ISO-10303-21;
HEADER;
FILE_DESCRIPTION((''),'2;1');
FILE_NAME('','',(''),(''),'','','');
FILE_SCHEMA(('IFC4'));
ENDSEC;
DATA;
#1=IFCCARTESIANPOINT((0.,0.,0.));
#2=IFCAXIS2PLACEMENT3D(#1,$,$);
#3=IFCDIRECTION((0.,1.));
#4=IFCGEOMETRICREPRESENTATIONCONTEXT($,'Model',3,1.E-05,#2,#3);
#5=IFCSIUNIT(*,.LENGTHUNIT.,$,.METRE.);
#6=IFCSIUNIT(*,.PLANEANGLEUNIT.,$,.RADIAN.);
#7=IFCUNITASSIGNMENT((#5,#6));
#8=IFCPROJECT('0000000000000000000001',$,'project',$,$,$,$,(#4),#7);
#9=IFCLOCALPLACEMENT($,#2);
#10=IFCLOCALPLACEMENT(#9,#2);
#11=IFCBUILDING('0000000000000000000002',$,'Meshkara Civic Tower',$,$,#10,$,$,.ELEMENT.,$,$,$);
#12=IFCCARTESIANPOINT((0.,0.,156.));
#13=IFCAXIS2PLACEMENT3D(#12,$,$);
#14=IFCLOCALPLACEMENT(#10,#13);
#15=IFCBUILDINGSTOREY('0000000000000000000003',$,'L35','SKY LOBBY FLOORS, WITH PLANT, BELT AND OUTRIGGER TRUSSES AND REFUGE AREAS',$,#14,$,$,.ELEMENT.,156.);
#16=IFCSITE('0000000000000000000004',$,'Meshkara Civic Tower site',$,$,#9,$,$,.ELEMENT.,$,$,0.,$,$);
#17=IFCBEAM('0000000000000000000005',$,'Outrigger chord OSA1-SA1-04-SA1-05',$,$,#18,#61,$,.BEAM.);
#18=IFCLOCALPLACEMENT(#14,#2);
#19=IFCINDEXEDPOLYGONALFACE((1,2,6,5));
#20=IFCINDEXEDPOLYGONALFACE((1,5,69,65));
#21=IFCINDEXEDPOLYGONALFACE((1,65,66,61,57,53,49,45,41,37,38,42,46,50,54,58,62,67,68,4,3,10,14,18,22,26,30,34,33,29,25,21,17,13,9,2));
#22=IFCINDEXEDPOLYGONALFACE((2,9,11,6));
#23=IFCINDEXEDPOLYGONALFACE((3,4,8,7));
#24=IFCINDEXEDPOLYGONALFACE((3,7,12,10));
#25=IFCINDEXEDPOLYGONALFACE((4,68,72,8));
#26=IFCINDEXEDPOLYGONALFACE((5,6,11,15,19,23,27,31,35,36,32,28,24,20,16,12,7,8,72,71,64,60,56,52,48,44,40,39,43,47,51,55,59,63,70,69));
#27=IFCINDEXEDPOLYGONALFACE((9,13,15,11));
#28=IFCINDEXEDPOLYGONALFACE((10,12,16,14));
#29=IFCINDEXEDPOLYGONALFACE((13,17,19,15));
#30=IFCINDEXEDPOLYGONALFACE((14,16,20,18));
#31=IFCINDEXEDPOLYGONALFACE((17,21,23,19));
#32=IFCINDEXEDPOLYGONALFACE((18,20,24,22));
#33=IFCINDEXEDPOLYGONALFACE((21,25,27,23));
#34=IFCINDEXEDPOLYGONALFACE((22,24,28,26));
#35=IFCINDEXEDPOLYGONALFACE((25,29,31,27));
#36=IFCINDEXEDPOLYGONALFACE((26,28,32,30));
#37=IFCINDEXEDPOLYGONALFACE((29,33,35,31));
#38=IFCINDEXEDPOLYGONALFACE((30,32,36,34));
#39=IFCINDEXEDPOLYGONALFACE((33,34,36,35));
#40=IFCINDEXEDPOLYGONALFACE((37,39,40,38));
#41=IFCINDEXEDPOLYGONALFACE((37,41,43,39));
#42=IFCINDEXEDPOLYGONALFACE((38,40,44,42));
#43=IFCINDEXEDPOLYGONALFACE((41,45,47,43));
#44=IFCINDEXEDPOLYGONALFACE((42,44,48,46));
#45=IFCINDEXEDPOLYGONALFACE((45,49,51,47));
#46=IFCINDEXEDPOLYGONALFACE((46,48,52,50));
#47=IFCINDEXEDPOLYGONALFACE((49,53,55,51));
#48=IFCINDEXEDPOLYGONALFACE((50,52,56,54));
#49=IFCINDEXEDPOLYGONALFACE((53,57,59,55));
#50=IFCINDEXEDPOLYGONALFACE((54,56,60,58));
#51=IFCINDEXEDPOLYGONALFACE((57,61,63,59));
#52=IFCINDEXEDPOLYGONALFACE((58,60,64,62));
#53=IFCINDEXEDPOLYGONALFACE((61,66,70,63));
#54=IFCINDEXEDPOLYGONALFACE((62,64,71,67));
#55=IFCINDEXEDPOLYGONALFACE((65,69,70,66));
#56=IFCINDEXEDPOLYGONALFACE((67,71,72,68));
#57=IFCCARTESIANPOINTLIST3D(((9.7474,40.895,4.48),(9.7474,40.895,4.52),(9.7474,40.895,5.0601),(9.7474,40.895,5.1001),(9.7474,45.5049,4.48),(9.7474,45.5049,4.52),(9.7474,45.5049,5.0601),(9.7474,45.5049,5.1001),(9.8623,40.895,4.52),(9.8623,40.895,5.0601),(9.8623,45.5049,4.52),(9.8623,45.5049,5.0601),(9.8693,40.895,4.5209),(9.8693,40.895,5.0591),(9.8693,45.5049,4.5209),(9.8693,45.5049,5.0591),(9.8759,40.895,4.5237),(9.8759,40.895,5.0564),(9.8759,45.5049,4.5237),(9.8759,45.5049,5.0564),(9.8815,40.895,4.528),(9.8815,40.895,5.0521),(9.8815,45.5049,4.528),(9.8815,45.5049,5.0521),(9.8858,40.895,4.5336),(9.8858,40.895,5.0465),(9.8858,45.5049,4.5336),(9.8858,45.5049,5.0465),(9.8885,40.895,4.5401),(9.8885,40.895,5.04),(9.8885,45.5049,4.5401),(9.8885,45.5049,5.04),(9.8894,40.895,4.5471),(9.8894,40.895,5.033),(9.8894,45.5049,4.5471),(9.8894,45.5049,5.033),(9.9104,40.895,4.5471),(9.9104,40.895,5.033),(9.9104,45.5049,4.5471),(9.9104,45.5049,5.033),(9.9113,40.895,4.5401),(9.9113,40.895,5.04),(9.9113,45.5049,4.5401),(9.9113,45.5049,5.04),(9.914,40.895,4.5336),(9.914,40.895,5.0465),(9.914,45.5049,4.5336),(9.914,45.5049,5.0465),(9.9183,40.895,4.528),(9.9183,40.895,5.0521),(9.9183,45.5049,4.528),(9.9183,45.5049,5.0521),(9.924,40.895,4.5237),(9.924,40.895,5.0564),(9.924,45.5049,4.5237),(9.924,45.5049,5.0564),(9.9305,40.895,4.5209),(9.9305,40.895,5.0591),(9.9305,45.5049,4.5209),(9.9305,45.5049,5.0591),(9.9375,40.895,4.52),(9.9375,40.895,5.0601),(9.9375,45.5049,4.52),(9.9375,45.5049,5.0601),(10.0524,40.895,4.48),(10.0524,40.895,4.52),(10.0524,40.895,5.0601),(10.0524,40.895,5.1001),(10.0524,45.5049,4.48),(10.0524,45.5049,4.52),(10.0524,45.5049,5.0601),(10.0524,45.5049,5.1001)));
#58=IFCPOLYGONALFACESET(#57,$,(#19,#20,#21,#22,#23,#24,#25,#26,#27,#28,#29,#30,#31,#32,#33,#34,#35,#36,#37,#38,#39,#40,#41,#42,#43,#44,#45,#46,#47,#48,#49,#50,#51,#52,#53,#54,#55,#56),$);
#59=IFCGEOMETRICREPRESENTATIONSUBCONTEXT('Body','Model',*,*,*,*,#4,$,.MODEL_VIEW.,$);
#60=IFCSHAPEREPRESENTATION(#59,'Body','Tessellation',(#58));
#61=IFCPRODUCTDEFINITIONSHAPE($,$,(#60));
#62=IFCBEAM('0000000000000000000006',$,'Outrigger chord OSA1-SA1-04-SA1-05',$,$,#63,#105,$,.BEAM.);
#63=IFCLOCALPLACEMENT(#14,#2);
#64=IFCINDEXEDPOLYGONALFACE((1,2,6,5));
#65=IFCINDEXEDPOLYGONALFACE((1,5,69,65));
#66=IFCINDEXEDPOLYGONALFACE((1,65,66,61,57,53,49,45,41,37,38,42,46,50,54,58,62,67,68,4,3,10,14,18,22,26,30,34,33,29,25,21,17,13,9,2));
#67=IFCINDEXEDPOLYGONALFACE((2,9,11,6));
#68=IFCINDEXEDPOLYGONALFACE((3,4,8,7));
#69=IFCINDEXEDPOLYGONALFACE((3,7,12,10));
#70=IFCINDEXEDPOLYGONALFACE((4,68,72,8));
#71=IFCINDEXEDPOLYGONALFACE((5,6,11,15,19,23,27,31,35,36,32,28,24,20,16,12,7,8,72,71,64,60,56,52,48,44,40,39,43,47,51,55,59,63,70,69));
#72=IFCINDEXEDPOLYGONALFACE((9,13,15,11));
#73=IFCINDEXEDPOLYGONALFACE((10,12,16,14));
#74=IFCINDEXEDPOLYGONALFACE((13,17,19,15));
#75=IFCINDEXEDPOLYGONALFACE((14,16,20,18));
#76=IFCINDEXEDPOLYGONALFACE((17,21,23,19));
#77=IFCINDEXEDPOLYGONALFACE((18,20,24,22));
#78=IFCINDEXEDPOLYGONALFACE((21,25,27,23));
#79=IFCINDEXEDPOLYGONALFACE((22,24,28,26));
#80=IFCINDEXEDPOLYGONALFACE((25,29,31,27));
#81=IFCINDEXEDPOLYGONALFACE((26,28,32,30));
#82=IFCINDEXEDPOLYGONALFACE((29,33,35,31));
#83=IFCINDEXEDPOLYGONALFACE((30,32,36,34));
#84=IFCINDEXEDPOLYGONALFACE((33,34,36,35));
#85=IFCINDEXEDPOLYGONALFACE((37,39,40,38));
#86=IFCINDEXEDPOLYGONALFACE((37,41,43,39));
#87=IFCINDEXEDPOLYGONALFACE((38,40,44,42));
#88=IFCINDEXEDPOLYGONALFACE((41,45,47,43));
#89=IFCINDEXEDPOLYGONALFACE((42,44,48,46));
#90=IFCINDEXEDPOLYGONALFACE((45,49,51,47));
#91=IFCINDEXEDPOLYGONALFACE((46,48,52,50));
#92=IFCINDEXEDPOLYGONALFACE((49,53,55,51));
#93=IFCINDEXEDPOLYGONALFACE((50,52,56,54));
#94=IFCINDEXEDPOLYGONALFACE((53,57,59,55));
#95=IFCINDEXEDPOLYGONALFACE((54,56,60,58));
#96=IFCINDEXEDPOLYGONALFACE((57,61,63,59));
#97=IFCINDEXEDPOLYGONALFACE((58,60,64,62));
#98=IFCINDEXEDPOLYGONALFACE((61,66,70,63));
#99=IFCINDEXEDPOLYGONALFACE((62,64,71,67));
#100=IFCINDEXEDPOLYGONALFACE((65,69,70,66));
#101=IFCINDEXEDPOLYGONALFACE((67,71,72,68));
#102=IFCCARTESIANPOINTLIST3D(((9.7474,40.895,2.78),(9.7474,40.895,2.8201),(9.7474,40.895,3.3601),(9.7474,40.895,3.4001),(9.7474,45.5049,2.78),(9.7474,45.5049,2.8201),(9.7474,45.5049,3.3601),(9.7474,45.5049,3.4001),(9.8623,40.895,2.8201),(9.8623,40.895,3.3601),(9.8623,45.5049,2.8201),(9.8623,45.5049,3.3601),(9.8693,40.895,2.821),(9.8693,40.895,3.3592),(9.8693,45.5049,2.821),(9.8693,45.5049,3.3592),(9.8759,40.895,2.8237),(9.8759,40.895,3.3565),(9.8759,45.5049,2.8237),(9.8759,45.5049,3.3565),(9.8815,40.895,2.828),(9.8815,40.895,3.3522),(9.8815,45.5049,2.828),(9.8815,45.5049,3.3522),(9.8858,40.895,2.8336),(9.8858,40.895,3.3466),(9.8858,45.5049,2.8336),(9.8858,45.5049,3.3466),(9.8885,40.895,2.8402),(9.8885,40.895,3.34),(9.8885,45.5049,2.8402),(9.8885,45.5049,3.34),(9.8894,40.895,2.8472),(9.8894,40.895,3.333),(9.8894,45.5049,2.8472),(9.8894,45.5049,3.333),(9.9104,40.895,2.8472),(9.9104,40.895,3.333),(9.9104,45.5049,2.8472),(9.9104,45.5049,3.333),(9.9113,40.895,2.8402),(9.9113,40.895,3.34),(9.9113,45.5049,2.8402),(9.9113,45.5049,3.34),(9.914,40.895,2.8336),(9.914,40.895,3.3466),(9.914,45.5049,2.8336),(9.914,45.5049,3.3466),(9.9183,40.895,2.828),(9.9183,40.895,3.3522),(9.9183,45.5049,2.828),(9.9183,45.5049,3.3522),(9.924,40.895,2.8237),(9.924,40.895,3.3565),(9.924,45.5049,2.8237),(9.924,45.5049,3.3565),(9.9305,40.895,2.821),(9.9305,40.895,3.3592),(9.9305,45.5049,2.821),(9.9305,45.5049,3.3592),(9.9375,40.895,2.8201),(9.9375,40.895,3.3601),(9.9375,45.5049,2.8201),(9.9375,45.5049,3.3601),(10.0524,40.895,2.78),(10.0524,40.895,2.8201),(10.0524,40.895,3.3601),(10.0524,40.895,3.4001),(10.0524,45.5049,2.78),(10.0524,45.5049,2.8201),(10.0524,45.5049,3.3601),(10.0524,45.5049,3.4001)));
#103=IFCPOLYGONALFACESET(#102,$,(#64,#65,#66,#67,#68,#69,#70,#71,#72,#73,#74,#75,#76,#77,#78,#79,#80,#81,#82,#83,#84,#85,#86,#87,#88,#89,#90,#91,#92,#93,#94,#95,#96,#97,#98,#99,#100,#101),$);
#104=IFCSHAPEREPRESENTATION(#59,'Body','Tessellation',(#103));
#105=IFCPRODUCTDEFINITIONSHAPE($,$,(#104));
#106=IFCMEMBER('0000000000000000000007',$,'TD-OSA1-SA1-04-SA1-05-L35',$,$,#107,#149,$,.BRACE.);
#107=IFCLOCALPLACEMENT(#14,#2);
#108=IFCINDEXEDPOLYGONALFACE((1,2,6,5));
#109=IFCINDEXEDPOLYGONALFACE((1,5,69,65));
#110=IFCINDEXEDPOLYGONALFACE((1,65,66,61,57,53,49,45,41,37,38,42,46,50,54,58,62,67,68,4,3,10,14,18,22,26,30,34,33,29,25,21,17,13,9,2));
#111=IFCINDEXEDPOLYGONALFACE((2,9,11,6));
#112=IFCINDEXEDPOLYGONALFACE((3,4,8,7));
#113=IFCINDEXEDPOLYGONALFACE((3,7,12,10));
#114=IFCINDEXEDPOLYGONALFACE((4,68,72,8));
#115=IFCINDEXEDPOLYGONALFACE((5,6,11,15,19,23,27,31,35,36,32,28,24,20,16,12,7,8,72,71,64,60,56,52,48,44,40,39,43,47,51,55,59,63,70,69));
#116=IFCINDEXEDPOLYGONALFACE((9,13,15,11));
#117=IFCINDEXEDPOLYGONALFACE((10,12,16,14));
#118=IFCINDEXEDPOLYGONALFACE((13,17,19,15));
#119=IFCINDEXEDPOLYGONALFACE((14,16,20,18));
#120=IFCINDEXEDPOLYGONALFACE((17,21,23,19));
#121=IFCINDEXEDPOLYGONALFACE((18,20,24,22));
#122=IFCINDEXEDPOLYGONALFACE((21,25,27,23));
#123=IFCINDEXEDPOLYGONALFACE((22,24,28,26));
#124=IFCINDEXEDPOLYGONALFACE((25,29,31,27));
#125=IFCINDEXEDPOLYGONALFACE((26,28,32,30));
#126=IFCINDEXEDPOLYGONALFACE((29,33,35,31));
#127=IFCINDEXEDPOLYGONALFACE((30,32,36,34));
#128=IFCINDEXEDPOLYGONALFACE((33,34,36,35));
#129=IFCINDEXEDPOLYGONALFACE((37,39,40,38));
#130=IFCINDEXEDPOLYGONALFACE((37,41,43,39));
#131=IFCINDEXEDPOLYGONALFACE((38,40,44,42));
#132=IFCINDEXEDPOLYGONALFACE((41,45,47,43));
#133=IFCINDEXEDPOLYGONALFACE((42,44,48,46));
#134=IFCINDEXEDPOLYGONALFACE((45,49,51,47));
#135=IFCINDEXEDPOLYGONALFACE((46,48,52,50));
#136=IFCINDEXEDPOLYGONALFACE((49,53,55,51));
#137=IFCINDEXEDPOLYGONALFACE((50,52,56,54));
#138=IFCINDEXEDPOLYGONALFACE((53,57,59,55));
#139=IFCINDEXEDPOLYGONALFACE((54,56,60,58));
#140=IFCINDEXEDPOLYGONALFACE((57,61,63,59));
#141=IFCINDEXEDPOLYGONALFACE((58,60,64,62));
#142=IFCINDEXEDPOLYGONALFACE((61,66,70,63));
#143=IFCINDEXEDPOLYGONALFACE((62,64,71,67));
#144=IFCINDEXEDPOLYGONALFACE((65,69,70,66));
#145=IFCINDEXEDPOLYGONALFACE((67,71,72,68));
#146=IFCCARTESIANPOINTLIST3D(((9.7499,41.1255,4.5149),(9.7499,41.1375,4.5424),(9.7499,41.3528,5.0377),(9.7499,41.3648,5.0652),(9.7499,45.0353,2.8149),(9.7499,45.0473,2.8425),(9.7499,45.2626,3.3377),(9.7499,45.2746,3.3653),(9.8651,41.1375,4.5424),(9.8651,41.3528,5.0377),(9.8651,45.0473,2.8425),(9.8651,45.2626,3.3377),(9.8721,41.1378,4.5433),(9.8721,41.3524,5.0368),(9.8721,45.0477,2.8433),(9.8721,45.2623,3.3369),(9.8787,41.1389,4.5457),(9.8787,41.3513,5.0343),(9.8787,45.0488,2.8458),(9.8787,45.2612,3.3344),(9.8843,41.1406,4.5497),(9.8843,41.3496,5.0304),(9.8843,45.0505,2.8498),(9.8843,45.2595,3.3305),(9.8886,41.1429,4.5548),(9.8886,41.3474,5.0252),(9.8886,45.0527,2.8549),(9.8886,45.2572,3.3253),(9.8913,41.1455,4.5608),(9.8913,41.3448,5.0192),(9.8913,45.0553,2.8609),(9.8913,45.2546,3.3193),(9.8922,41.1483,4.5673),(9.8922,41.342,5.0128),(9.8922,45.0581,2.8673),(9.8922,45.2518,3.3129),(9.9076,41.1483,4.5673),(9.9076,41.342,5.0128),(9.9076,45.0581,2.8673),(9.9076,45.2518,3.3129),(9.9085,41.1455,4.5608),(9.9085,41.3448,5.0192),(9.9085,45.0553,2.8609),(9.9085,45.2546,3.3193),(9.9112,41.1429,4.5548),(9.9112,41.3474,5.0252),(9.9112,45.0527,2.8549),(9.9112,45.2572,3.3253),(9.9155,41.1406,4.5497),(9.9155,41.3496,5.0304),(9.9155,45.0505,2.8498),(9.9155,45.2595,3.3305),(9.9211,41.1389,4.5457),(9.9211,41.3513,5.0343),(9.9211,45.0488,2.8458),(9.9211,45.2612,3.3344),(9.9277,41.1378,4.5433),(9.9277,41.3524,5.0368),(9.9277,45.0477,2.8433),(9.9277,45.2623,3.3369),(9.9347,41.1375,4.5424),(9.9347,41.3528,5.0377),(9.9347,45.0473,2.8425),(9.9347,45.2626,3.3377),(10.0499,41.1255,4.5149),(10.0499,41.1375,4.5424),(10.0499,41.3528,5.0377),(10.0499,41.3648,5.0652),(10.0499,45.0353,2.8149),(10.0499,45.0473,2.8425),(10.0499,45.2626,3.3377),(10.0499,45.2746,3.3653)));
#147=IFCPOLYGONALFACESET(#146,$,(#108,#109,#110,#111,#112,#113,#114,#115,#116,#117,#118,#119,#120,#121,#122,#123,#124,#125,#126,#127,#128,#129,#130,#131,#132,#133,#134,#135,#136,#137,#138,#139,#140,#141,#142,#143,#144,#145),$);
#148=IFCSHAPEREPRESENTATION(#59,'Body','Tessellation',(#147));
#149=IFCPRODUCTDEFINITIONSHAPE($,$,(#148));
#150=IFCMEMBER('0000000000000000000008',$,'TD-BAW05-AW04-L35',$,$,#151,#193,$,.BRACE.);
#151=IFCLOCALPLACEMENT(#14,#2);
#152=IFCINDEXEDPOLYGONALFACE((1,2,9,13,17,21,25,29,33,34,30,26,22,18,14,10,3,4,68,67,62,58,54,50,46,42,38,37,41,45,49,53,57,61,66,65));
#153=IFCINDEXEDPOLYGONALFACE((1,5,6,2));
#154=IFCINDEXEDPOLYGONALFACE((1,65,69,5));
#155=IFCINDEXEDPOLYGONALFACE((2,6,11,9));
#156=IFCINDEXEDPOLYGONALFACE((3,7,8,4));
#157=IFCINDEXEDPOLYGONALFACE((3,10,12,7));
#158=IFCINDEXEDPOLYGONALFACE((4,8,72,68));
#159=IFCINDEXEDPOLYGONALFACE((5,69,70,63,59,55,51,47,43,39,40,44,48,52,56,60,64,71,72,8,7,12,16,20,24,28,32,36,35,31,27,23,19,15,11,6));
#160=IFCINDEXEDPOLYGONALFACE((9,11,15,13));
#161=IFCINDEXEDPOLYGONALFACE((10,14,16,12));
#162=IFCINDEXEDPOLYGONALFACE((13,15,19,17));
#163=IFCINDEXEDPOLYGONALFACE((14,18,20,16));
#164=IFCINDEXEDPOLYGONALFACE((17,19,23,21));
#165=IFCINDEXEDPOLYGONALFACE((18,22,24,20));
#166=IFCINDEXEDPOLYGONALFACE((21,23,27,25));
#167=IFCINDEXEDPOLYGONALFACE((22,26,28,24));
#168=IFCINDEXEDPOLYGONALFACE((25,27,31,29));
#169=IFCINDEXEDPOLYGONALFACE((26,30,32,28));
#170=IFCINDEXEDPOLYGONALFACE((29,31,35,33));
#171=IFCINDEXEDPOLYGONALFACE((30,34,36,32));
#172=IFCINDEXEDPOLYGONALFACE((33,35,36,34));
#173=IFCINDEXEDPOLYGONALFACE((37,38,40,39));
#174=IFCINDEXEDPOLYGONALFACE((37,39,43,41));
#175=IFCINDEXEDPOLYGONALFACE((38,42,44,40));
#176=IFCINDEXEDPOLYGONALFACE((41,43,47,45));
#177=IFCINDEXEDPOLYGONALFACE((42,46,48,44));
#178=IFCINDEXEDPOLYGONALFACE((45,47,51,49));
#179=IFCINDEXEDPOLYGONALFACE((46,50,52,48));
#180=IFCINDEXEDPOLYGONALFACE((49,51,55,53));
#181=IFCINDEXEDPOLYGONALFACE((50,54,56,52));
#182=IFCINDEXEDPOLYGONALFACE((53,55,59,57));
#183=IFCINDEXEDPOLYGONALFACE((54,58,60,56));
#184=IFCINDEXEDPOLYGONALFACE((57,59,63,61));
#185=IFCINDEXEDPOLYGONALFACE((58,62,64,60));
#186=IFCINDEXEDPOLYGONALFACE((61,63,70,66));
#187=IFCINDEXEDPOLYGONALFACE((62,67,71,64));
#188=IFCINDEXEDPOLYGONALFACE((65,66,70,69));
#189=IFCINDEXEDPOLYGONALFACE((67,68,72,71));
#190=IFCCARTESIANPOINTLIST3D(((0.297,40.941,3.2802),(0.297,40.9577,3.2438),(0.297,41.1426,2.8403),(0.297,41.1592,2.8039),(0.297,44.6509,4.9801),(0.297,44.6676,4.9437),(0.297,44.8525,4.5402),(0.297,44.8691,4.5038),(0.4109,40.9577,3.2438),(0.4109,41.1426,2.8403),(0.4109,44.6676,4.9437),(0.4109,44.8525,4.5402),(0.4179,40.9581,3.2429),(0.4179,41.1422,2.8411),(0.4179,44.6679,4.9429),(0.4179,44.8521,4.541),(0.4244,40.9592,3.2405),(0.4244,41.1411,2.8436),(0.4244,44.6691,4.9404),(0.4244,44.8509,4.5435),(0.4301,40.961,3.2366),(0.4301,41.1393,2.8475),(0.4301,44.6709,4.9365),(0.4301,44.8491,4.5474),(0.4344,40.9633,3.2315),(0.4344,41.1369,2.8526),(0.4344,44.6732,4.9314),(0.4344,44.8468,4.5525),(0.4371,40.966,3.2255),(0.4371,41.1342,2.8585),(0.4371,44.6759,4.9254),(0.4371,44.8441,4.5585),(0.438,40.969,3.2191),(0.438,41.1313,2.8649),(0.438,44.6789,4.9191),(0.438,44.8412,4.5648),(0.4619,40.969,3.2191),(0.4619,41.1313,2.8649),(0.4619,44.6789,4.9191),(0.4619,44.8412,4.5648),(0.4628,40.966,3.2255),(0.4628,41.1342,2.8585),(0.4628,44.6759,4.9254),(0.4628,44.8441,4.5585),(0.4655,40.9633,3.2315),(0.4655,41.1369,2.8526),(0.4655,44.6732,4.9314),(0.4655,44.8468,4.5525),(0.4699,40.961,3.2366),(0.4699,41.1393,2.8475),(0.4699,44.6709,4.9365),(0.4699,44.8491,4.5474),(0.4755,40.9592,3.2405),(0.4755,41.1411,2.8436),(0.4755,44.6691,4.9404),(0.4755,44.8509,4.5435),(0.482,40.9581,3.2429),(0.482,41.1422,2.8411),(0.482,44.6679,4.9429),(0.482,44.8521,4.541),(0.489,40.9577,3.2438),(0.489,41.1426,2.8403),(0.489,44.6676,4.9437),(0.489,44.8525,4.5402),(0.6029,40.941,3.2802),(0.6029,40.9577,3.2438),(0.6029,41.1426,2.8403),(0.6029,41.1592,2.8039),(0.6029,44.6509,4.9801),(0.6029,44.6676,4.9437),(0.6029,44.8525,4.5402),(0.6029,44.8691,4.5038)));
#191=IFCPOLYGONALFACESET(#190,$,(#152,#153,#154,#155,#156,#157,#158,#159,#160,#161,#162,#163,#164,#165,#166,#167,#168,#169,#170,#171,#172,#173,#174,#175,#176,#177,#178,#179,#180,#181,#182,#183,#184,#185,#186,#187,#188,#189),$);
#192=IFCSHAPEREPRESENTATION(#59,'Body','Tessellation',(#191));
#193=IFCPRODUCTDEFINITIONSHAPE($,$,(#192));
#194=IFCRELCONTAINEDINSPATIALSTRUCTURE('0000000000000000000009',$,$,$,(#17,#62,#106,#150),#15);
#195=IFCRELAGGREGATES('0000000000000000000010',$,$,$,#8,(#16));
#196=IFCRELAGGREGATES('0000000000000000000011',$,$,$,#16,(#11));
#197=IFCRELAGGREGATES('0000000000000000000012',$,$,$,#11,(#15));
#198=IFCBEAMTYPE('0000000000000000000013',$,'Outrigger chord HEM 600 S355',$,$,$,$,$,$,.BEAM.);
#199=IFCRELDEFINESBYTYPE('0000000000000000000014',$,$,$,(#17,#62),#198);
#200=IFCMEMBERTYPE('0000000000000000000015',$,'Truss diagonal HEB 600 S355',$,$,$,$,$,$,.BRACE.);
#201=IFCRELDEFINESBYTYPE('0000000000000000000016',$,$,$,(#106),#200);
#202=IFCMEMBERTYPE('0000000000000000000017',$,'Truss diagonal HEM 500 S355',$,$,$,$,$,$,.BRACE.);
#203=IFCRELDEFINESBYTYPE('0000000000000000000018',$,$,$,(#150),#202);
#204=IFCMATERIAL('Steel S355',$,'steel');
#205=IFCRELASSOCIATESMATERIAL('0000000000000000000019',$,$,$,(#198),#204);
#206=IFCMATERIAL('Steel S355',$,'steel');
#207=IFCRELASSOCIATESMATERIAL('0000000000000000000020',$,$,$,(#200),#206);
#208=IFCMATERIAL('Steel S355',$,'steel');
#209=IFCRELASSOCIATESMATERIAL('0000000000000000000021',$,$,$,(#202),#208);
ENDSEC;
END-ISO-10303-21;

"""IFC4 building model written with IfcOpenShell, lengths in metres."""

from ifc_helpers import new_model, si_unit, direction, frame, origin, origin_2d, place, context, subcontext, project, spatial, i_section, extrude, material, material_profile, profile_set, type_object, element, save


model = new_model("IFC4")

# Units and contexts
model_context = context("Model", 3, precision=1e-05, world=origin(), true_north=direction((0.0, 1.0)))
body_context = subcontext(model_context, "Body", "Model", "MODEL_VIEW")
ifc_project = project(units=[si_unit("LENGTHUNIT", "METRE"), si_unit("PLANEANGLEUNIT", "RADIAN")], contexts=[model_context])

# Site, building, storey
site_placement = place(None, origin())
site = spatial("IfcSite", under=ifc_project, at=site_placement, Name="Meshkara Civic Tower site", CompositionType="ELEMENT", RefElevation=0.0)
building_placement = place(site_placement, origin())
building = spatial("IfcBuilding", under=site, at=building_placement, Name="Meshkara Civic Tower", CompositionType="ELEMENT")
storey_placement = place(building_placement, frame((0.0, 0.0, 156.0)))
storey = spatial("IfcBuildingStorey", under=building, at=storey_placement, Name="L35", Description="SKY LOBBY FLOORS, WITH PLANT, BELT AND OUTRIGGER TRUSSES AND REFUGE AREAS", CompositionType="ELEMENT", Elevation=156.0)

# Beams
ifc_material_1 = material(Name="Steel S355", Category="steel")
ifc_material_profile_1 = material_profile(ifc_material_1, i_section(OverallWidth=0.3049, OverallDepth=0.6201, WebThickness=0.021, FlangeThickness=0.04, FilletRadius=0.0271, at=origin_2d()))
ifc_profile_set_1 = profile_set([ifc_material_profile_1], Name="Steel S355")
beam_type_1 = type_object("IfcBeamType", Name="Outrigger chord HEM 600 S355", PredefinedType="BEAM", material=ifc_profile_set_1)
for number, where, z_axis, x_axis, name in (
    (1, (9.8999, 40.895, 4.79), (0.0, 1.0, 0.0), (-1.0, 0.0, 0.0), "Outrigger chord OSA1-SA1-04-SA1-05"),
    (2, (9.8999, 40.895, 3.0901), (0.0, 1.0, 0.0), (-1.0, 0.0, 0.0), "Outrigger chord OSA1-SA1-04-SA1-05"),
):
    element("IfcBeam", number, at=place(storey_placement, frame(where, z_axis=z_axis, x_axis=x_axis)), inside=storey, type_object=beam_type_1, Name=name, PredefinedType="BEAM", context=body_context, shape_type="SweptSolid", body=[
        extrude(i_section(OverallWidth=0.3049, OverallDepth=0.6201, WebThickness=0.021, FlangeThickness=0.04, FilletRadius=0.0271, at=origin_2d()), origin(), (0.0, 0.0, 1.0), 4.6099),
    ])

# Members
ifc_material_2 = material(Name="Steel S355", Category="steel")
ifc_material_profile_2 = material_profile(ifc_material_2, i_section(OverallWidth=0.3, OverallDepth=0.6001, WebThickness=0.0154, FlangeThickness=0.03, FilletRadius=0.0271, at=origin_2d()))
ifc_profile_set_2 = profile_set([ifc_material_profile_2], Name="Steel S355")
member_type_1 = type_object("IfcMemberType", Name="Truss diagonal HEB 600 S355", PredefinedType="BRACE", material=ifc_profile_set_2)
member_1_placement = place(storey_placement, frame((9.8999, 41.2451, 4.79), z_axis=(0.0, 0.917071, -0.398724), x_axis=(-1.0, 0.0, 0.0)))
element("IfcMember", 3, at=member_1_placement, inside=storey, type_object=member_type_1, Name="TD-OSA1-SA1-04-SA1-05-L35", PredefinedType="BRACE", context=body_context, shape_type="SweptSolid", body=[
    extrude(i_section(OverallWidth=0.3, OverallDepth=0.6001, WebThickness=0.0154, FlangeThickness=0.03, FilletRadius=0.0271, at=origin_2d()), origin(), (0.0, 0.0, 1.0), 4.2634),
])
ifc_material_3 = material(Name="Steel S355", Category="steel")
ifc_material_profile_3 = material_profile(ifc_material_3, i_section(OverallWidth=0.3059, OverallDepth=0.5239, WebThickness=0.0239, FlangeThickness=0.04, FilletRadius=0.0271, at=origin_2d()))
ifc_profile_set_3 = profile_set([ifc_material_profile_3], Name="Steel S355")
member_type_2 = type_object("IfcMemberType", Name="Truss diagonal HEM 500 S355", PredefinedType="BRACE", material=ifc_profile_set_3)
member_2_placement = place(storey_placement, frame((0.45, 44.76, 4.7419), z_axis=(0.0, -0.909106, -0.416564), x_axis=(1.0, 0.0, 0.0)))
element("IfcMember", 4, at=member_2_placement, inside=storey, type_object=member_type_2, Name="TD-BAW05-AW04-L35", PredefinedType="BRACE", context=body_context, shape_type="SweptSolid", body=[
    extrude(i_section(OverallWidth=0.3059, OverallDepth=0.5239, WebThickness=0.0239, FlangeThickness=0.04, FilletRadius=0.0271, at=origin_2d()), origin(), (0.0, 0.0, 1.0), 4.0808),
])

save(model, "model.ifc")
